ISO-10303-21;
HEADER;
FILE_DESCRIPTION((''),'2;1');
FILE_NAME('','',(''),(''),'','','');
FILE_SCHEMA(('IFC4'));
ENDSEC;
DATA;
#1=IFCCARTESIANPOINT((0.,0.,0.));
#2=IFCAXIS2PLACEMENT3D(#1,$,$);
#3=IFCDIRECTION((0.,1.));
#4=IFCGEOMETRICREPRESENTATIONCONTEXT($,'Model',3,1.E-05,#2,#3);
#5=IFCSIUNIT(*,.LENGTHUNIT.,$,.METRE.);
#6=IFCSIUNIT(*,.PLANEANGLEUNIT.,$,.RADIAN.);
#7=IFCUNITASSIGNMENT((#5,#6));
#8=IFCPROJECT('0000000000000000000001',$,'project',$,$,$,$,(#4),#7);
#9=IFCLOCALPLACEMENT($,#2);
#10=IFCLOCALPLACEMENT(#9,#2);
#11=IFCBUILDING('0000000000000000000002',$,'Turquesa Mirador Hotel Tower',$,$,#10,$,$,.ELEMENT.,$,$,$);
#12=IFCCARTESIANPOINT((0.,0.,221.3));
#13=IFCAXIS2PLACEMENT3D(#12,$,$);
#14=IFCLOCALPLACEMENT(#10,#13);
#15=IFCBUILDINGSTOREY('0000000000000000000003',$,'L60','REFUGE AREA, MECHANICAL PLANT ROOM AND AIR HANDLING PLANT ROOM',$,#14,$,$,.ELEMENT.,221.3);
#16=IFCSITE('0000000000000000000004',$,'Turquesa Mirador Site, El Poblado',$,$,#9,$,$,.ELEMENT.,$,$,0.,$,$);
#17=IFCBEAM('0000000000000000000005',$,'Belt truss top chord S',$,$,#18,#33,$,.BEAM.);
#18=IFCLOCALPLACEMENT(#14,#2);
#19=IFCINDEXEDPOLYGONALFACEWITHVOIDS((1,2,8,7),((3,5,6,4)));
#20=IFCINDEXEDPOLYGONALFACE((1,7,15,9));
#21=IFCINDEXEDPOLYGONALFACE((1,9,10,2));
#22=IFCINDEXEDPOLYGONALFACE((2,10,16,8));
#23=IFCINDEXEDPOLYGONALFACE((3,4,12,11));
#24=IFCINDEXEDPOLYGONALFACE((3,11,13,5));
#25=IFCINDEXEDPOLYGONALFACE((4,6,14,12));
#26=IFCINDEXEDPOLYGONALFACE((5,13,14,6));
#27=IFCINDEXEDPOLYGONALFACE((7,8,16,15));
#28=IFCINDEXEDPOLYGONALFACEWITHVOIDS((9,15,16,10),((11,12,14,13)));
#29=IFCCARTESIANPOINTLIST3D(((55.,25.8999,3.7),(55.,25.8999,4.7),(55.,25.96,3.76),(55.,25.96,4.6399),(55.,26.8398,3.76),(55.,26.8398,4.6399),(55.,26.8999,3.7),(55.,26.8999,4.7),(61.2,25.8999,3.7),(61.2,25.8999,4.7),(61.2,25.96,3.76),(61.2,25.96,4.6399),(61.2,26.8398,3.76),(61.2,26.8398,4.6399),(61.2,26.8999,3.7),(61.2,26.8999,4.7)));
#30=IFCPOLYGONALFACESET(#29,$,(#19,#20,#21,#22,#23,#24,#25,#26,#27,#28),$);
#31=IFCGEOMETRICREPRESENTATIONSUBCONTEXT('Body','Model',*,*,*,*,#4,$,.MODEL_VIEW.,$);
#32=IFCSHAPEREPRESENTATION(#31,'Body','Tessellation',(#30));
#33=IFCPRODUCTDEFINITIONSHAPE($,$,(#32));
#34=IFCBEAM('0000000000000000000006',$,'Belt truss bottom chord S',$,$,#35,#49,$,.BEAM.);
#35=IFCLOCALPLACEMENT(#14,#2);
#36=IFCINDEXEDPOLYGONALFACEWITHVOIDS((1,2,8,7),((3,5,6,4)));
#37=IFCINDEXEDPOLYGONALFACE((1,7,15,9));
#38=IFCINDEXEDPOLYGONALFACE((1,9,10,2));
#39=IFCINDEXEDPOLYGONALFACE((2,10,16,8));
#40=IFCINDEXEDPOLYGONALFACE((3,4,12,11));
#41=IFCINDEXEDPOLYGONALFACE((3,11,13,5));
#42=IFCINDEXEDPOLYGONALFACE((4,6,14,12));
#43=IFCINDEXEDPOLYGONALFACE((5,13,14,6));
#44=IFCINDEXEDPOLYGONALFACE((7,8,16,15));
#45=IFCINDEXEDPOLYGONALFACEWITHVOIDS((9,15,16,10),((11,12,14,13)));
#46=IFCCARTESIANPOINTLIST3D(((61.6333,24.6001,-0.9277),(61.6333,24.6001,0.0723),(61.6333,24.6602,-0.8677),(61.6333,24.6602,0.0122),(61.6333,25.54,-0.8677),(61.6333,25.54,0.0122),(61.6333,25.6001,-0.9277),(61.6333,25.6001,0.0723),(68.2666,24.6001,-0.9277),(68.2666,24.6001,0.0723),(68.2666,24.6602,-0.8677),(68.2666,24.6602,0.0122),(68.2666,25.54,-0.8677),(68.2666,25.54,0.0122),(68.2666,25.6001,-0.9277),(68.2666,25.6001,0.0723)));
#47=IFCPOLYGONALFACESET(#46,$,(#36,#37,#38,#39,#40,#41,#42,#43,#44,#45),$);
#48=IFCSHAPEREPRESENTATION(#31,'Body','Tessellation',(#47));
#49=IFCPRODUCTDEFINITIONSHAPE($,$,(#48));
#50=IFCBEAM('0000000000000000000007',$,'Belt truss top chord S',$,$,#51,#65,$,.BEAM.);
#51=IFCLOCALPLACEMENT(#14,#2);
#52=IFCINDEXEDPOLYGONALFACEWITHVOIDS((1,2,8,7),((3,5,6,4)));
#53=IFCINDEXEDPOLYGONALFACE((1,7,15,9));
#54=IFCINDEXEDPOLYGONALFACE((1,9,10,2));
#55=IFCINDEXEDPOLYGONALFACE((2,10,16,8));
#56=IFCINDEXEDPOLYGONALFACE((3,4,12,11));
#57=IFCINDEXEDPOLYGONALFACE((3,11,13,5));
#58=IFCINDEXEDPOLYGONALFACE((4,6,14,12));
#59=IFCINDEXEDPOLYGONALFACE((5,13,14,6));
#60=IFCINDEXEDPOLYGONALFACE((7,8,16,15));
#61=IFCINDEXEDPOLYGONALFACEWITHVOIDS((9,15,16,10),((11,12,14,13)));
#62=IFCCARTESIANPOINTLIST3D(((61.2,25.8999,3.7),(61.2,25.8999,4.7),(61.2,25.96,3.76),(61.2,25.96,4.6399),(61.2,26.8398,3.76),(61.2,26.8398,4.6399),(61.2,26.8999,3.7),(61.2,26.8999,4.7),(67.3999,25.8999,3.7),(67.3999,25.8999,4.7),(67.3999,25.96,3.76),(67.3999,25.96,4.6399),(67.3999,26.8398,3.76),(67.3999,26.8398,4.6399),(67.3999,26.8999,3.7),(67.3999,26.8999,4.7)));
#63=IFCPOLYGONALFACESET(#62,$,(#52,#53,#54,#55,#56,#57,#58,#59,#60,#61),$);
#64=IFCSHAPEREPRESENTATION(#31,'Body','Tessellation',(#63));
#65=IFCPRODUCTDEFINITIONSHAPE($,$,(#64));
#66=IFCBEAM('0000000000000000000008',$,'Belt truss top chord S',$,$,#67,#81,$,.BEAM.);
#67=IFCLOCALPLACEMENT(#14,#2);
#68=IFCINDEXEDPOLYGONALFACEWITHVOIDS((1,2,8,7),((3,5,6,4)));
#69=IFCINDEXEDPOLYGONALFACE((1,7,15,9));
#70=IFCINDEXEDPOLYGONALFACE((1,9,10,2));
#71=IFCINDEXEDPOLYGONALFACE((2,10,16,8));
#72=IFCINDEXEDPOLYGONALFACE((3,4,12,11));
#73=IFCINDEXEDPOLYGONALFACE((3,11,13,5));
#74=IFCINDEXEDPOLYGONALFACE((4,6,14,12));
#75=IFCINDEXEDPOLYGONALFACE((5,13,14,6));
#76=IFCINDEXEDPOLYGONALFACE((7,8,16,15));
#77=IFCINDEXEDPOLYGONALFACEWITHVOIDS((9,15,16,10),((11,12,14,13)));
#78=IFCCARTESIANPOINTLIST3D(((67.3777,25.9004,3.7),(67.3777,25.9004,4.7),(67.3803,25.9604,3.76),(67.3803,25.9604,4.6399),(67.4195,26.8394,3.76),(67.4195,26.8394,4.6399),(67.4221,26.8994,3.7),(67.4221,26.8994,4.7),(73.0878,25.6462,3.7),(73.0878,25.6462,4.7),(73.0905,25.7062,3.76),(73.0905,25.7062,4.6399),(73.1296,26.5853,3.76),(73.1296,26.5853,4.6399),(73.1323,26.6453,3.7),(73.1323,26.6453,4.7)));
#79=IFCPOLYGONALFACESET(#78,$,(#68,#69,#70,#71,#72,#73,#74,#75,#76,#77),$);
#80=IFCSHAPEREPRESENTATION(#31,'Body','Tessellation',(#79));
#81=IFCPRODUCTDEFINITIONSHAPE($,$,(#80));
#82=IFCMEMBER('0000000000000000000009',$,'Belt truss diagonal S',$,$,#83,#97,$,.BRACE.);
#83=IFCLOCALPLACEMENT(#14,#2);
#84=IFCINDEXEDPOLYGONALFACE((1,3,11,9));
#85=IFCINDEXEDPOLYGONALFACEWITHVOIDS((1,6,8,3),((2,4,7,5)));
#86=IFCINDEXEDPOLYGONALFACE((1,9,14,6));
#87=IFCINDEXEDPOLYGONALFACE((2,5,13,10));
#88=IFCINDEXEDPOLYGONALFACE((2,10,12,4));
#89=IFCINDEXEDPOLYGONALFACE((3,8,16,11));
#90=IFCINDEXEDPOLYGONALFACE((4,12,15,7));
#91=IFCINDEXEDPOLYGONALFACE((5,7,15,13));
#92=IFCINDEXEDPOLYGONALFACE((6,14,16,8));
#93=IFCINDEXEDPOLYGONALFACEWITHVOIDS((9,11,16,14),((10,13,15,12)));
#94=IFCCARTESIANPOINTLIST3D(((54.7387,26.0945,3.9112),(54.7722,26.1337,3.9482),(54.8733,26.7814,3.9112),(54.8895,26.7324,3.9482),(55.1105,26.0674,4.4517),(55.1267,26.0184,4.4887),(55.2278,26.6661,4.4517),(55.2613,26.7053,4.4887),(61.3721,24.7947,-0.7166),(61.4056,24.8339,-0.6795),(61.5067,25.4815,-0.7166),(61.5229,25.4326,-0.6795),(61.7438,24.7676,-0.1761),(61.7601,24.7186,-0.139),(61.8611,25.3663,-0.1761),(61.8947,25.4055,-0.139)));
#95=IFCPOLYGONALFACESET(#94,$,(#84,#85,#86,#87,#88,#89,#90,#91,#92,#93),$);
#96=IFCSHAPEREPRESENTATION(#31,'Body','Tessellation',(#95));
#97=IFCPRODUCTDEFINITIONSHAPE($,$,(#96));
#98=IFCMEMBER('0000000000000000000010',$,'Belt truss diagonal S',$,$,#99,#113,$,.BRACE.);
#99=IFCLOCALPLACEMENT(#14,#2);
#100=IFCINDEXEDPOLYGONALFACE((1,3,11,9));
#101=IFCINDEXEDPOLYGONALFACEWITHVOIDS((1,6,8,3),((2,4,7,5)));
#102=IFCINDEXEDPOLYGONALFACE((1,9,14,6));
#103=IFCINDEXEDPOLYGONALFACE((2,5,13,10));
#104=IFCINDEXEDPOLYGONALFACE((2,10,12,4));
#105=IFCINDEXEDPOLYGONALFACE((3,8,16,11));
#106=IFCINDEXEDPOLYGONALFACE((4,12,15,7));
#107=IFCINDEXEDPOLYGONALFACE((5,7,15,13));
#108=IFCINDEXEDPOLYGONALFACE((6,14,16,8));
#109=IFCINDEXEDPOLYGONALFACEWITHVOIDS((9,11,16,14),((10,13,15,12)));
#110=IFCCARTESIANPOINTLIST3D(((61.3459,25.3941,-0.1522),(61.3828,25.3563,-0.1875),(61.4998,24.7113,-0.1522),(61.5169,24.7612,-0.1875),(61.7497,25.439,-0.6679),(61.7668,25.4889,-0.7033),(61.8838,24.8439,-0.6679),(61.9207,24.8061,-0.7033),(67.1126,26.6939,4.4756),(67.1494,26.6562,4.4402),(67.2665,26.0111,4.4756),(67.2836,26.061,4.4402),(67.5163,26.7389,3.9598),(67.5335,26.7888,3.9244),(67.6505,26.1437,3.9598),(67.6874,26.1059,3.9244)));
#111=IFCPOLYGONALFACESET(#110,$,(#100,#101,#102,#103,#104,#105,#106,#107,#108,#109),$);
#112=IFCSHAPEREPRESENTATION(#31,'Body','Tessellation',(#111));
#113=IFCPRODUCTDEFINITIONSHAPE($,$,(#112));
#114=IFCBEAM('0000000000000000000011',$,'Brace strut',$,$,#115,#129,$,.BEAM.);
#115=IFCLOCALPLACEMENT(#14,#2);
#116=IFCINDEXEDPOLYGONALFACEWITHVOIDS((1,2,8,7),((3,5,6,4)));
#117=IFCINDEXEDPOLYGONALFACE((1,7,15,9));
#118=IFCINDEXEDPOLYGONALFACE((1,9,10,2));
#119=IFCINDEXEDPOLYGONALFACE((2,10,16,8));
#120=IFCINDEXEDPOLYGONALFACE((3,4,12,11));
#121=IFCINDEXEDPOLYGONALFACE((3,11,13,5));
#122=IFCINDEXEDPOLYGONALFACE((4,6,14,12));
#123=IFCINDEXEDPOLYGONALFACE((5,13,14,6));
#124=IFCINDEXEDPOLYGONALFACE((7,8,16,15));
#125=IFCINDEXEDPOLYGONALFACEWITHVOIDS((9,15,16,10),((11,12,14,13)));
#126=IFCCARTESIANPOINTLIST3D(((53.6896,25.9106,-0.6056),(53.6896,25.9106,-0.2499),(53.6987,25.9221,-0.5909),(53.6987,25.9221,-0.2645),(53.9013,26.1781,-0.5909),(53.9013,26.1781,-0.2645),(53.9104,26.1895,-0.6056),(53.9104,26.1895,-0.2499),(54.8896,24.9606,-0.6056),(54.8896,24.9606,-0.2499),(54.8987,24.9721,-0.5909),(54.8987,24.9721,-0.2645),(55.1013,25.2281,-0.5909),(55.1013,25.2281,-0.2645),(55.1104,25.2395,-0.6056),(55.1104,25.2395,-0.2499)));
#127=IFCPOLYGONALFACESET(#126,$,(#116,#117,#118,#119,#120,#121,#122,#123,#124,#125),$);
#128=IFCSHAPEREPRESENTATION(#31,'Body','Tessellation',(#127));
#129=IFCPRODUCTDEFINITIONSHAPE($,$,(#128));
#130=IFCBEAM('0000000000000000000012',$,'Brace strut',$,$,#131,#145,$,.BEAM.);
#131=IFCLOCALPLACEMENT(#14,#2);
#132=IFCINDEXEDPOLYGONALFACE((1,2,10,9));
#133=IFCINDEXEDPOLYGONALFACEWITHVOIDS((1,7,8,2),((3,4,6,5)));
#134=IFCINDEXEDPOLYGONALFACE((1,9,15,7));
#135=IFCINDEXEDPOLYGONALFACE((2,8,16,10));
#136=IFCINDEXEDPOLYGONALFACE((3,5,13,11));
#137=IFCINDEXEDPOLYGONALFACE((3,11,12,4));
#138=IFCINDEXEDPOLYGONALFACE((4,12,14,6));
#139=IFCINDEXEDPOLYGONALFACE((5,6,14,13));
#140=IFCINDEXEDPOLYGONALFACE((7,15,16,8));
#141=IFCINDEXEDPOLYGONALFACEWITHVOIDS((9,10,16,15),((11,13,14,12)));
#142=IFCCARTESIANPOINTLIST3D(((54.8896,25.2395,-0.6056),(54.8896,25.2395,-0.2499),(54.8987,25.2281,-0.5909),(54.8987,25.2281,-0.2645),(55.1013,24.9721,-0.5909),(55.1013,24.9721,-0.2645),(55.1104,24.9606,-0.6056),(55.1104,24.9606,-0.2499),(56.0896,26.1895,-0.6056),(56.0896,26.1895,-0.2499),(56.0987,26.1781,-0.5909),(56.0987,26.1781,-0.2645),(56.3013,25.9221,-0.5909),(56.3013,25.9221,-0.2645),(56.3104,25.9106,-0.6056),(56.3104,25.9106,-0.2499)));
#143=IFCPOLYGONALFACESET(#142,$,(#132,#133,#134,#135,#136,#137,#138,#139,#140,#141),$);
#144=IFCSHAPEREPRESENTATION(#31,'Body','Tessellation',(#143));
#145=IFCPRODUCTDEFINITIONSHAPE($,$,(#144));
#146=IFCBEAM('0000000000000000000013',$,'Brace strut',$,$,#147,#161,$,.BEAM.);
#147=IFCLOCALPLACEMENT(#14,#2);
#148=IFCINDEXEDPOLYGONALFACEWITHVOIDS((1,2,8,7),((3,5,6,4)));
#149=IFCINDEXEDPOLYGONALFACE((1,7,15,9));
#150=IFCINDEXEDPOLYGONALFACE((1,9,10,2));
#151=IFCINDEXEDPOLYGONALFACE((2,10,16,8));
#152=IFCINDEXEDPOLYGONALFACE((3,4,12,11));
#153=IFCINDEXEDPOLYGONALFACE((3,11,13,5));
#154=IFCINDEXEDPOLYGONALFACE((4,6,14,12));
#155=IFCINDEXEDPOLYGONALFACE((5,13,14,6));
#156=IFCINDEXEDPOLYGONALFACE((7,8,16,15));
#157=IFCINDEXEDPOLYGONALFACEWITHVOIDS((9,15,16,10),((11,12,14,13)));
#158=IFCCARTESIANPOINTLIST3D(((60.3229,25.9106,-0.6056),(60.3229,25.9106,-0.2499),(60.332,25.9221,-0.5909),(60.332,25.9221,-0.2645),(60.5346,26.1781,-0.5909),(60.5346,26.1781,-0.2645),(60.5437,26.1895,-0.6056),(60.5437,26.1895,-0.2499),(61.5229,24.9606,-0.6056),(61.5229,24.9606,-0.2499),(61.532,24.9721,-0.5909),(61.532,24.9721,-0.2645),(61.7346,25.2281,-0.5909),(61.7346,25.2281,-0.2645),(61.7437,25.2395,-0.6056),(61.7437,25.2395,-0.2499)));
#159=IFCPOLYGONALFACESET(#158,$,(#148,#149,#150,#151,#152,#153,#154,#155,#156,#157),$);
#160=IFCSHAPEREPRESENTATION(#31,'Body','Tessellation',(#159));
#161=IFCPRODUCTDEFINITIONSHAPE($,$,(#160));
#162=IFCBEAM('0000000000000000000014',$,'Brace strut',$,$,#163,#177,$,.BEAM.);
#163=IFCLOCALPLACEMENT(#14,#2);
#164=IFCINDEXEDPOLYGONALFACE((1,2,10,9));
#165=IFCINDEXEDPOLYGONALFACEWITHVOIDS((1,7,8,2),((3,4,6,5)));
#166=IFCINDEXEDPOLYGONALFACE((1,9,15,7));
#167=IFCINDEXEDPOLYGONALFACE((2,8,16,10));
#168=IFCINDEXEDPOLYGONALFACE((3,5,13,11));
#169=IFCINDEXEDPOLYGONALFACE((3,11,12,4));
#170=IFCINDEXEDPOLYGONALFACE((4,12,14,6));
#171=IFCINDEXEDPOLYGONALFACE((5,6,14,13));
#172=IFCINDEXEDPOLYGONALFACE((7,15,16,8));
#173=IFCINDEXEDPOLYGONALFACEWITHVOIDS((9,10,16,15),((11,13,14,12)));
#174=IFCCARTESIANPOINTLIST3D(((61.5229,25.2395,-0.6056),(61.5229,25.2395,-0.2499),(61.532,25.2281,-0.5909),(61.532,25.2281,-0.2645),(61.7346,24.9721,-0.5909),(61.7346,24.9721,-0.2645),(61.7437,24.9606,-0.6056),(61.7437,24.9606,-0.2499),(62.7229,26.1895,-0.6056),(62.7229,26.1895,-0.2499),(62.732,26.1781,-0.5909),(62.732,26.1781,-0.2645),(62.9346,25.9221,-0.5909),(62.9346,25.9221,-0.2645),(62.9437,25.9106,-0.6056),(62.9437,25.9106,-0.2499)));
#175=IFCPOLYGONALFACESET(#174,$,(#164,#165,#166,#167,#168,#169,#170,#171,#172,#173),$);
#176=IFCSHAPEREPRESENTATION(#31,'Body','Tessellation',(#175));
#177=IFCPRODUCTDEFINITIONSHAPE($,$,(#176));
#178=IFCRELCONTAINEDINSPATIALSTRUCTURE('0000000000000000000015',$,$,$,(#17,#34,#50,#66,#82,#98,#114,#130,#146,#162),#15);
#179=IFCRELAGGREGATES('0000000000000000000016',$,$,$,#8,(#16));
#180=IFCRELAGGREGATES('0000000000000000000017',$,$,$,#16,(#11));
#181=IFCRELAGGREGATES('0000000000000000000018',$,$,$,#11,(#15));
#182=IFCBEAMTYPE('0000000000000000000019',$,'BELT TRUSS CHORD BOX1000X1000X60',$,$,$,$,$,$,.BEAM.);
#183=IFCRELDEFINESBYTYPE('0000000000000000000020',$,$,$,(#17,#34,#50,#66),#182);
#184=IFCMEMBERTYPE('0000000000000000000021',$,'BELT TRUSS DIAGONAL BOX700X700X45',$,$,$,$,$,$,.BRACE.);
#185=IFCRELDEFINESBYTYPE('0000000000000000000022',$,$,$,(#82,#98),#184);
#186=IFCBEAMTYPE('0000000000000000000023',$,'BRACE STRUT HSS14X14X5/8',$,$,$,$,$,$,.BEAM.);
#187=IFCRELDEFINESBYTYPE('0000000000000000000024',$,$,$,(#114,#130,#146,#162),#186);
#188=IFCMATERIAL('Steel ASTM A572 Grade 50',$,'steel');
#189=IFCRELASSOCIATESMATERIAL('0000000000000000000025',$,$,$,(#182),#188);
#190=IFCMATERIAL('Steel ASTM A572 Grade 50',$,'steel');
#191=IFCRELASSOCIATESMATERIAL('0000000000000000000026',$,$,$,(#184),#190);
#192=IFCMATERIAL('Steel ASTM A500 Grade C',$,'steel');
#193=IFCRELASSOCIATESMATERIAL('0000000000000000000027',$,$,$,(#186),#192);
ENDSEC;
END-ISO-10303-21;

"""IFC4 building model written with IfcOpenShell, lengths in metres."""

from ifc_helpers import new_model, si_unit, direction, frame, origin, origin_2d, place, context, subcontext, project, spatial, hollow_rectangle, extrude, material, material_profile, profile_set, type_object, element, save


model = new_model("IFC4")

# Units and contexts
model_context = context("Model", 3, precision=1e-05, world=origin(), true_north=direction((0.0, 1.0)))
body_context = subcontext(model_context, "Body", "Model", "MODEL_VIEW")
ifc_project = project(units=[si_unit("LENGTHUNIT", "METRE"), si_unit("PLANEANGLEUNIT", "RADIAN")], contexts=[model_context])

# Site, building, storey
site_placement = place(None, origin())
site = spatial("IfcSite", under=ifc_project, at=site_placement, Name="Turquesa Mirador Site, El Poblado", CompositionType="ELEMENT", RefElevation=0.0)
building_placement = place(site_placement, origin())
building = spatial("IfcBuilding", under=site, at=building_placement, Name="Turquesa Mirador Hotel Tower", CompositionType="ELEMENT")
storey_placement = place(building_placement, frame((0.0, 0.0, 221.3)))
storey = spatial("IfcBuildingStorey", under=building, at=storey_placement, Name="L60", Description="REFUGE AREA, MECHANICAL PLANT ROOM AND AIR HANDLING PLANT ROOM", CompositionType="ELEMENT", Elevation=221.3)

# Beams
ifc_material_1 = material(Name="Steel ASTM A572 Grade 50", Category="steel")
ifc_material_profile_1 = material_profile(ifc_material_1, hollow_rectangle(XDim=1.0, YDim=1.0, WallThickness=0.0601, at=origin_2d()), Name="BOX1000X1000X60")
ifc_profile_set_1 = profile_set([ifc_material_profile_1], Name="Steel ASTM A572 Grade 50")
beam_type_1 = type_object("IfcBeamType", Name="BELT TRUSS CHORD BOX1000X1000X60", PredefinedType="BEAM", material=ifc_profile_set_1)
beam_1_placement = place(storey_placement, frame((55.0, 26.3999, 4.2), z_axis=(1.0, 0.0, 0.0), x_axis=(0.0, 1.0, 0.0)))
element("IfcBeam", 1, at=beam_1_placement, inside=storey, type_object=beam_type_1, Name="Belt truss top chord S", PredefinedType="BEAM", context=body_context, shape_type="SweptSolid", body=[
    extrude(hollow_rectangle(XDim=1.0, YDim=1.0, WallThickness=0.0601, at=origin_2d()), origin(), (0.0, 0.0, 1.0), 6.2),
])
beam_2_placement = place(storey_placement, frame((61.6333, 25.1001, -0.4277), z_axis=(1.0, 0.0, 0.0), x_axis=(0.0, 1.0, 0.0)))
element("IfcBeam", 2, at=beam_2_placement, inside=storey, type_object=beam_type_1, Name="Belt truss bottom chord S", PredefinedType="BEAM", context=body_context, shape_type="SweptSolid", body=[
    extrude(hollow_rectangle(XDim=1.0, YDim=1.0, WallThickness=0.0601, at=origin_2d()), origin(), (0.0, 0.0, 1.0), 6.6333),
])
beam_3_placement = place(storey_placement, frame((61.2, 26.3999, 4.2), z_axis=(1.0, 0.0, 0.0), x_axis=(0.0, 1.0, 0.0)))
element("IfcBeam", 3, at=beam_3_placement, inside=storey, type_object=beam_type_1, Name="Belt truss top chord S", PredefinedType="BEAM", context=body_context, shape_type="SweptSolid", body=[
    extrude(hollow_rectangle(XDim=1.0, YDim=1.0, WallThickness=0.0601, at=origin_2d()), origin(), (0.0, 0.0, 1.0), 6.2),
])
beam_4_placement = place(storey_placement, frame((67.3999, 26.3999, 4.2), z_axis=(0.999011, -0.044464, 0.0), x_axis=(0.044464, 0.999011, 0.0)))
element("IfcBeam", 4, at=beam_4_placement, inside=storey, type_object=beam_type_1, Name="Belt truss top chord S", PredefinedType="BEAM", context=body_context, shape_type="SweptSolid", body=[
    extrude(hollow_rectangle(XDim=1.0, YDim=1.0, WallThickness=0.0601, at=origin_2d()), origin(), (0.0, 0.0, 1.0), 5.7158),
])

# Members
ifc_material_2 = material(Name="Steel ASTM A572 Grade 50", Category="steel")
ifc_material_profile_2 = material_profile(ifc_material_2, hollow_rectangle(XDim=0.7, YDim=0.7, WallThickness=0.0449, at=origin_2d()), Name="BOX700X700X45")
ifc_profile_set_2 = profile_set([ifc_material_profile_2], Name="Steel ASTM A572 Grade 50")
member_type = type_object("IfcMemberType", Name="BELT TRUSS DIAGONAL BOX700X700X45", PredefinedType="BRACE", material=ifc_profile_set_2)
member_1_placement = place(storey_placement, frame((55.0, 26.3999, 4.2), z_axis=(0.809749, -0.158671, -0.564917), x_axis=(0.192294, 0.981337, 0.0)))
element("IfcMember", 5, at=member_1_placement, inside=storey, type_object=member_type, Name="Belt truss diagonal S", PredefinedType="BRACE", context=body_context, shape_type="SweptSolid", body=[
    extrude(hollow_rectangle(XDim=0.7, YDim=0.7, WallThickness=0.0449, at=origin_2d()), origin(), (0.0, 0.0, 1.0), 8.1919),
])
member_2_placement = place(storey_placement, frame((61.6333, 25.1001, -0.4277), z_axis=(0.768139, 0.17314, 0.61643), x_axis=(-0.219886, 0.975526, 0.0)))
element("IfcMember", 6, at=member_2_placement, inside=storey, type_object=member_type, Name="Belt truss diagonal S", PredefinedType="BRACE", context=body_context, shape_type="SweptSolid", body=[
    extrude(hollow_rectangle(XDim=0.7, YDim=0.7, WallThickness=0.0449, at=origin_2d()), origin(), (0.0, 0.0, 1.0), 7.5073),
])

# Beams
ifc_material_3 = material(Name="Steel ASTM A500 Grade C", Category="steel")
ifc_material_profile_3 = material_profile(ifc_material_3, hollow_rectangle(XDim=0.3557, YDim=0.3557, WallThickness=0.0146, at=origin_2d()), Name="HSS14X14X5/8")
ifc_profile_set_3 = profile_set([ifc_material_profile_3], Name="Steel ASTM A500 Grade C")
beam_type_2 = type_object("IfcBeamType", Name="BRACE STRUT HSS14X14X5/8", PredefinedType="BEAM", material=ifc_profile_set_3)
for number, where, z_axis, x_axis, name in (
    (7, (55.0, 25.1001, -0.4277), (-0.784049, 0.620699, 0.0), (-0.620699, -0.784049, 0.0), "Brace strut"),
    (8, (55.0, 25.1001, -0.4277), (0.784049, 0.620699, 0.0), (-0.620699, 0.784049, 0.0), "Brace strut"),
    (9, (61.6333, 25.1001, -0.4277), (-0.784049, 0.620699, 0.0), (-0.620699, -0.784049, 0.0), "Brace strut"),
    (10, (61.6333, 25.1001, -0.4277), (0.784049, 0.620699, 0.0), (-0.620699, 0.784049, 0.0), "Brace strut"),
):
    element("IfcBeam", number, at=place(storey_placement, frame(where, z_axis=z_axis, x_axis=x_axis)), inside=storey, type_object=beam_type_2, Name=name, PredefinedType="BEAM", context=body_context, shape_type="SweptSolid", body=[
        extrude(hollow_rectangle(XDim=0.3557, YDim=0.3557, WallThickness=0.0146, at=origin_2d()), origin(), (0.0, 0.0, 1.0), 1.5305),
    ])

save(model, "model.ifc")
